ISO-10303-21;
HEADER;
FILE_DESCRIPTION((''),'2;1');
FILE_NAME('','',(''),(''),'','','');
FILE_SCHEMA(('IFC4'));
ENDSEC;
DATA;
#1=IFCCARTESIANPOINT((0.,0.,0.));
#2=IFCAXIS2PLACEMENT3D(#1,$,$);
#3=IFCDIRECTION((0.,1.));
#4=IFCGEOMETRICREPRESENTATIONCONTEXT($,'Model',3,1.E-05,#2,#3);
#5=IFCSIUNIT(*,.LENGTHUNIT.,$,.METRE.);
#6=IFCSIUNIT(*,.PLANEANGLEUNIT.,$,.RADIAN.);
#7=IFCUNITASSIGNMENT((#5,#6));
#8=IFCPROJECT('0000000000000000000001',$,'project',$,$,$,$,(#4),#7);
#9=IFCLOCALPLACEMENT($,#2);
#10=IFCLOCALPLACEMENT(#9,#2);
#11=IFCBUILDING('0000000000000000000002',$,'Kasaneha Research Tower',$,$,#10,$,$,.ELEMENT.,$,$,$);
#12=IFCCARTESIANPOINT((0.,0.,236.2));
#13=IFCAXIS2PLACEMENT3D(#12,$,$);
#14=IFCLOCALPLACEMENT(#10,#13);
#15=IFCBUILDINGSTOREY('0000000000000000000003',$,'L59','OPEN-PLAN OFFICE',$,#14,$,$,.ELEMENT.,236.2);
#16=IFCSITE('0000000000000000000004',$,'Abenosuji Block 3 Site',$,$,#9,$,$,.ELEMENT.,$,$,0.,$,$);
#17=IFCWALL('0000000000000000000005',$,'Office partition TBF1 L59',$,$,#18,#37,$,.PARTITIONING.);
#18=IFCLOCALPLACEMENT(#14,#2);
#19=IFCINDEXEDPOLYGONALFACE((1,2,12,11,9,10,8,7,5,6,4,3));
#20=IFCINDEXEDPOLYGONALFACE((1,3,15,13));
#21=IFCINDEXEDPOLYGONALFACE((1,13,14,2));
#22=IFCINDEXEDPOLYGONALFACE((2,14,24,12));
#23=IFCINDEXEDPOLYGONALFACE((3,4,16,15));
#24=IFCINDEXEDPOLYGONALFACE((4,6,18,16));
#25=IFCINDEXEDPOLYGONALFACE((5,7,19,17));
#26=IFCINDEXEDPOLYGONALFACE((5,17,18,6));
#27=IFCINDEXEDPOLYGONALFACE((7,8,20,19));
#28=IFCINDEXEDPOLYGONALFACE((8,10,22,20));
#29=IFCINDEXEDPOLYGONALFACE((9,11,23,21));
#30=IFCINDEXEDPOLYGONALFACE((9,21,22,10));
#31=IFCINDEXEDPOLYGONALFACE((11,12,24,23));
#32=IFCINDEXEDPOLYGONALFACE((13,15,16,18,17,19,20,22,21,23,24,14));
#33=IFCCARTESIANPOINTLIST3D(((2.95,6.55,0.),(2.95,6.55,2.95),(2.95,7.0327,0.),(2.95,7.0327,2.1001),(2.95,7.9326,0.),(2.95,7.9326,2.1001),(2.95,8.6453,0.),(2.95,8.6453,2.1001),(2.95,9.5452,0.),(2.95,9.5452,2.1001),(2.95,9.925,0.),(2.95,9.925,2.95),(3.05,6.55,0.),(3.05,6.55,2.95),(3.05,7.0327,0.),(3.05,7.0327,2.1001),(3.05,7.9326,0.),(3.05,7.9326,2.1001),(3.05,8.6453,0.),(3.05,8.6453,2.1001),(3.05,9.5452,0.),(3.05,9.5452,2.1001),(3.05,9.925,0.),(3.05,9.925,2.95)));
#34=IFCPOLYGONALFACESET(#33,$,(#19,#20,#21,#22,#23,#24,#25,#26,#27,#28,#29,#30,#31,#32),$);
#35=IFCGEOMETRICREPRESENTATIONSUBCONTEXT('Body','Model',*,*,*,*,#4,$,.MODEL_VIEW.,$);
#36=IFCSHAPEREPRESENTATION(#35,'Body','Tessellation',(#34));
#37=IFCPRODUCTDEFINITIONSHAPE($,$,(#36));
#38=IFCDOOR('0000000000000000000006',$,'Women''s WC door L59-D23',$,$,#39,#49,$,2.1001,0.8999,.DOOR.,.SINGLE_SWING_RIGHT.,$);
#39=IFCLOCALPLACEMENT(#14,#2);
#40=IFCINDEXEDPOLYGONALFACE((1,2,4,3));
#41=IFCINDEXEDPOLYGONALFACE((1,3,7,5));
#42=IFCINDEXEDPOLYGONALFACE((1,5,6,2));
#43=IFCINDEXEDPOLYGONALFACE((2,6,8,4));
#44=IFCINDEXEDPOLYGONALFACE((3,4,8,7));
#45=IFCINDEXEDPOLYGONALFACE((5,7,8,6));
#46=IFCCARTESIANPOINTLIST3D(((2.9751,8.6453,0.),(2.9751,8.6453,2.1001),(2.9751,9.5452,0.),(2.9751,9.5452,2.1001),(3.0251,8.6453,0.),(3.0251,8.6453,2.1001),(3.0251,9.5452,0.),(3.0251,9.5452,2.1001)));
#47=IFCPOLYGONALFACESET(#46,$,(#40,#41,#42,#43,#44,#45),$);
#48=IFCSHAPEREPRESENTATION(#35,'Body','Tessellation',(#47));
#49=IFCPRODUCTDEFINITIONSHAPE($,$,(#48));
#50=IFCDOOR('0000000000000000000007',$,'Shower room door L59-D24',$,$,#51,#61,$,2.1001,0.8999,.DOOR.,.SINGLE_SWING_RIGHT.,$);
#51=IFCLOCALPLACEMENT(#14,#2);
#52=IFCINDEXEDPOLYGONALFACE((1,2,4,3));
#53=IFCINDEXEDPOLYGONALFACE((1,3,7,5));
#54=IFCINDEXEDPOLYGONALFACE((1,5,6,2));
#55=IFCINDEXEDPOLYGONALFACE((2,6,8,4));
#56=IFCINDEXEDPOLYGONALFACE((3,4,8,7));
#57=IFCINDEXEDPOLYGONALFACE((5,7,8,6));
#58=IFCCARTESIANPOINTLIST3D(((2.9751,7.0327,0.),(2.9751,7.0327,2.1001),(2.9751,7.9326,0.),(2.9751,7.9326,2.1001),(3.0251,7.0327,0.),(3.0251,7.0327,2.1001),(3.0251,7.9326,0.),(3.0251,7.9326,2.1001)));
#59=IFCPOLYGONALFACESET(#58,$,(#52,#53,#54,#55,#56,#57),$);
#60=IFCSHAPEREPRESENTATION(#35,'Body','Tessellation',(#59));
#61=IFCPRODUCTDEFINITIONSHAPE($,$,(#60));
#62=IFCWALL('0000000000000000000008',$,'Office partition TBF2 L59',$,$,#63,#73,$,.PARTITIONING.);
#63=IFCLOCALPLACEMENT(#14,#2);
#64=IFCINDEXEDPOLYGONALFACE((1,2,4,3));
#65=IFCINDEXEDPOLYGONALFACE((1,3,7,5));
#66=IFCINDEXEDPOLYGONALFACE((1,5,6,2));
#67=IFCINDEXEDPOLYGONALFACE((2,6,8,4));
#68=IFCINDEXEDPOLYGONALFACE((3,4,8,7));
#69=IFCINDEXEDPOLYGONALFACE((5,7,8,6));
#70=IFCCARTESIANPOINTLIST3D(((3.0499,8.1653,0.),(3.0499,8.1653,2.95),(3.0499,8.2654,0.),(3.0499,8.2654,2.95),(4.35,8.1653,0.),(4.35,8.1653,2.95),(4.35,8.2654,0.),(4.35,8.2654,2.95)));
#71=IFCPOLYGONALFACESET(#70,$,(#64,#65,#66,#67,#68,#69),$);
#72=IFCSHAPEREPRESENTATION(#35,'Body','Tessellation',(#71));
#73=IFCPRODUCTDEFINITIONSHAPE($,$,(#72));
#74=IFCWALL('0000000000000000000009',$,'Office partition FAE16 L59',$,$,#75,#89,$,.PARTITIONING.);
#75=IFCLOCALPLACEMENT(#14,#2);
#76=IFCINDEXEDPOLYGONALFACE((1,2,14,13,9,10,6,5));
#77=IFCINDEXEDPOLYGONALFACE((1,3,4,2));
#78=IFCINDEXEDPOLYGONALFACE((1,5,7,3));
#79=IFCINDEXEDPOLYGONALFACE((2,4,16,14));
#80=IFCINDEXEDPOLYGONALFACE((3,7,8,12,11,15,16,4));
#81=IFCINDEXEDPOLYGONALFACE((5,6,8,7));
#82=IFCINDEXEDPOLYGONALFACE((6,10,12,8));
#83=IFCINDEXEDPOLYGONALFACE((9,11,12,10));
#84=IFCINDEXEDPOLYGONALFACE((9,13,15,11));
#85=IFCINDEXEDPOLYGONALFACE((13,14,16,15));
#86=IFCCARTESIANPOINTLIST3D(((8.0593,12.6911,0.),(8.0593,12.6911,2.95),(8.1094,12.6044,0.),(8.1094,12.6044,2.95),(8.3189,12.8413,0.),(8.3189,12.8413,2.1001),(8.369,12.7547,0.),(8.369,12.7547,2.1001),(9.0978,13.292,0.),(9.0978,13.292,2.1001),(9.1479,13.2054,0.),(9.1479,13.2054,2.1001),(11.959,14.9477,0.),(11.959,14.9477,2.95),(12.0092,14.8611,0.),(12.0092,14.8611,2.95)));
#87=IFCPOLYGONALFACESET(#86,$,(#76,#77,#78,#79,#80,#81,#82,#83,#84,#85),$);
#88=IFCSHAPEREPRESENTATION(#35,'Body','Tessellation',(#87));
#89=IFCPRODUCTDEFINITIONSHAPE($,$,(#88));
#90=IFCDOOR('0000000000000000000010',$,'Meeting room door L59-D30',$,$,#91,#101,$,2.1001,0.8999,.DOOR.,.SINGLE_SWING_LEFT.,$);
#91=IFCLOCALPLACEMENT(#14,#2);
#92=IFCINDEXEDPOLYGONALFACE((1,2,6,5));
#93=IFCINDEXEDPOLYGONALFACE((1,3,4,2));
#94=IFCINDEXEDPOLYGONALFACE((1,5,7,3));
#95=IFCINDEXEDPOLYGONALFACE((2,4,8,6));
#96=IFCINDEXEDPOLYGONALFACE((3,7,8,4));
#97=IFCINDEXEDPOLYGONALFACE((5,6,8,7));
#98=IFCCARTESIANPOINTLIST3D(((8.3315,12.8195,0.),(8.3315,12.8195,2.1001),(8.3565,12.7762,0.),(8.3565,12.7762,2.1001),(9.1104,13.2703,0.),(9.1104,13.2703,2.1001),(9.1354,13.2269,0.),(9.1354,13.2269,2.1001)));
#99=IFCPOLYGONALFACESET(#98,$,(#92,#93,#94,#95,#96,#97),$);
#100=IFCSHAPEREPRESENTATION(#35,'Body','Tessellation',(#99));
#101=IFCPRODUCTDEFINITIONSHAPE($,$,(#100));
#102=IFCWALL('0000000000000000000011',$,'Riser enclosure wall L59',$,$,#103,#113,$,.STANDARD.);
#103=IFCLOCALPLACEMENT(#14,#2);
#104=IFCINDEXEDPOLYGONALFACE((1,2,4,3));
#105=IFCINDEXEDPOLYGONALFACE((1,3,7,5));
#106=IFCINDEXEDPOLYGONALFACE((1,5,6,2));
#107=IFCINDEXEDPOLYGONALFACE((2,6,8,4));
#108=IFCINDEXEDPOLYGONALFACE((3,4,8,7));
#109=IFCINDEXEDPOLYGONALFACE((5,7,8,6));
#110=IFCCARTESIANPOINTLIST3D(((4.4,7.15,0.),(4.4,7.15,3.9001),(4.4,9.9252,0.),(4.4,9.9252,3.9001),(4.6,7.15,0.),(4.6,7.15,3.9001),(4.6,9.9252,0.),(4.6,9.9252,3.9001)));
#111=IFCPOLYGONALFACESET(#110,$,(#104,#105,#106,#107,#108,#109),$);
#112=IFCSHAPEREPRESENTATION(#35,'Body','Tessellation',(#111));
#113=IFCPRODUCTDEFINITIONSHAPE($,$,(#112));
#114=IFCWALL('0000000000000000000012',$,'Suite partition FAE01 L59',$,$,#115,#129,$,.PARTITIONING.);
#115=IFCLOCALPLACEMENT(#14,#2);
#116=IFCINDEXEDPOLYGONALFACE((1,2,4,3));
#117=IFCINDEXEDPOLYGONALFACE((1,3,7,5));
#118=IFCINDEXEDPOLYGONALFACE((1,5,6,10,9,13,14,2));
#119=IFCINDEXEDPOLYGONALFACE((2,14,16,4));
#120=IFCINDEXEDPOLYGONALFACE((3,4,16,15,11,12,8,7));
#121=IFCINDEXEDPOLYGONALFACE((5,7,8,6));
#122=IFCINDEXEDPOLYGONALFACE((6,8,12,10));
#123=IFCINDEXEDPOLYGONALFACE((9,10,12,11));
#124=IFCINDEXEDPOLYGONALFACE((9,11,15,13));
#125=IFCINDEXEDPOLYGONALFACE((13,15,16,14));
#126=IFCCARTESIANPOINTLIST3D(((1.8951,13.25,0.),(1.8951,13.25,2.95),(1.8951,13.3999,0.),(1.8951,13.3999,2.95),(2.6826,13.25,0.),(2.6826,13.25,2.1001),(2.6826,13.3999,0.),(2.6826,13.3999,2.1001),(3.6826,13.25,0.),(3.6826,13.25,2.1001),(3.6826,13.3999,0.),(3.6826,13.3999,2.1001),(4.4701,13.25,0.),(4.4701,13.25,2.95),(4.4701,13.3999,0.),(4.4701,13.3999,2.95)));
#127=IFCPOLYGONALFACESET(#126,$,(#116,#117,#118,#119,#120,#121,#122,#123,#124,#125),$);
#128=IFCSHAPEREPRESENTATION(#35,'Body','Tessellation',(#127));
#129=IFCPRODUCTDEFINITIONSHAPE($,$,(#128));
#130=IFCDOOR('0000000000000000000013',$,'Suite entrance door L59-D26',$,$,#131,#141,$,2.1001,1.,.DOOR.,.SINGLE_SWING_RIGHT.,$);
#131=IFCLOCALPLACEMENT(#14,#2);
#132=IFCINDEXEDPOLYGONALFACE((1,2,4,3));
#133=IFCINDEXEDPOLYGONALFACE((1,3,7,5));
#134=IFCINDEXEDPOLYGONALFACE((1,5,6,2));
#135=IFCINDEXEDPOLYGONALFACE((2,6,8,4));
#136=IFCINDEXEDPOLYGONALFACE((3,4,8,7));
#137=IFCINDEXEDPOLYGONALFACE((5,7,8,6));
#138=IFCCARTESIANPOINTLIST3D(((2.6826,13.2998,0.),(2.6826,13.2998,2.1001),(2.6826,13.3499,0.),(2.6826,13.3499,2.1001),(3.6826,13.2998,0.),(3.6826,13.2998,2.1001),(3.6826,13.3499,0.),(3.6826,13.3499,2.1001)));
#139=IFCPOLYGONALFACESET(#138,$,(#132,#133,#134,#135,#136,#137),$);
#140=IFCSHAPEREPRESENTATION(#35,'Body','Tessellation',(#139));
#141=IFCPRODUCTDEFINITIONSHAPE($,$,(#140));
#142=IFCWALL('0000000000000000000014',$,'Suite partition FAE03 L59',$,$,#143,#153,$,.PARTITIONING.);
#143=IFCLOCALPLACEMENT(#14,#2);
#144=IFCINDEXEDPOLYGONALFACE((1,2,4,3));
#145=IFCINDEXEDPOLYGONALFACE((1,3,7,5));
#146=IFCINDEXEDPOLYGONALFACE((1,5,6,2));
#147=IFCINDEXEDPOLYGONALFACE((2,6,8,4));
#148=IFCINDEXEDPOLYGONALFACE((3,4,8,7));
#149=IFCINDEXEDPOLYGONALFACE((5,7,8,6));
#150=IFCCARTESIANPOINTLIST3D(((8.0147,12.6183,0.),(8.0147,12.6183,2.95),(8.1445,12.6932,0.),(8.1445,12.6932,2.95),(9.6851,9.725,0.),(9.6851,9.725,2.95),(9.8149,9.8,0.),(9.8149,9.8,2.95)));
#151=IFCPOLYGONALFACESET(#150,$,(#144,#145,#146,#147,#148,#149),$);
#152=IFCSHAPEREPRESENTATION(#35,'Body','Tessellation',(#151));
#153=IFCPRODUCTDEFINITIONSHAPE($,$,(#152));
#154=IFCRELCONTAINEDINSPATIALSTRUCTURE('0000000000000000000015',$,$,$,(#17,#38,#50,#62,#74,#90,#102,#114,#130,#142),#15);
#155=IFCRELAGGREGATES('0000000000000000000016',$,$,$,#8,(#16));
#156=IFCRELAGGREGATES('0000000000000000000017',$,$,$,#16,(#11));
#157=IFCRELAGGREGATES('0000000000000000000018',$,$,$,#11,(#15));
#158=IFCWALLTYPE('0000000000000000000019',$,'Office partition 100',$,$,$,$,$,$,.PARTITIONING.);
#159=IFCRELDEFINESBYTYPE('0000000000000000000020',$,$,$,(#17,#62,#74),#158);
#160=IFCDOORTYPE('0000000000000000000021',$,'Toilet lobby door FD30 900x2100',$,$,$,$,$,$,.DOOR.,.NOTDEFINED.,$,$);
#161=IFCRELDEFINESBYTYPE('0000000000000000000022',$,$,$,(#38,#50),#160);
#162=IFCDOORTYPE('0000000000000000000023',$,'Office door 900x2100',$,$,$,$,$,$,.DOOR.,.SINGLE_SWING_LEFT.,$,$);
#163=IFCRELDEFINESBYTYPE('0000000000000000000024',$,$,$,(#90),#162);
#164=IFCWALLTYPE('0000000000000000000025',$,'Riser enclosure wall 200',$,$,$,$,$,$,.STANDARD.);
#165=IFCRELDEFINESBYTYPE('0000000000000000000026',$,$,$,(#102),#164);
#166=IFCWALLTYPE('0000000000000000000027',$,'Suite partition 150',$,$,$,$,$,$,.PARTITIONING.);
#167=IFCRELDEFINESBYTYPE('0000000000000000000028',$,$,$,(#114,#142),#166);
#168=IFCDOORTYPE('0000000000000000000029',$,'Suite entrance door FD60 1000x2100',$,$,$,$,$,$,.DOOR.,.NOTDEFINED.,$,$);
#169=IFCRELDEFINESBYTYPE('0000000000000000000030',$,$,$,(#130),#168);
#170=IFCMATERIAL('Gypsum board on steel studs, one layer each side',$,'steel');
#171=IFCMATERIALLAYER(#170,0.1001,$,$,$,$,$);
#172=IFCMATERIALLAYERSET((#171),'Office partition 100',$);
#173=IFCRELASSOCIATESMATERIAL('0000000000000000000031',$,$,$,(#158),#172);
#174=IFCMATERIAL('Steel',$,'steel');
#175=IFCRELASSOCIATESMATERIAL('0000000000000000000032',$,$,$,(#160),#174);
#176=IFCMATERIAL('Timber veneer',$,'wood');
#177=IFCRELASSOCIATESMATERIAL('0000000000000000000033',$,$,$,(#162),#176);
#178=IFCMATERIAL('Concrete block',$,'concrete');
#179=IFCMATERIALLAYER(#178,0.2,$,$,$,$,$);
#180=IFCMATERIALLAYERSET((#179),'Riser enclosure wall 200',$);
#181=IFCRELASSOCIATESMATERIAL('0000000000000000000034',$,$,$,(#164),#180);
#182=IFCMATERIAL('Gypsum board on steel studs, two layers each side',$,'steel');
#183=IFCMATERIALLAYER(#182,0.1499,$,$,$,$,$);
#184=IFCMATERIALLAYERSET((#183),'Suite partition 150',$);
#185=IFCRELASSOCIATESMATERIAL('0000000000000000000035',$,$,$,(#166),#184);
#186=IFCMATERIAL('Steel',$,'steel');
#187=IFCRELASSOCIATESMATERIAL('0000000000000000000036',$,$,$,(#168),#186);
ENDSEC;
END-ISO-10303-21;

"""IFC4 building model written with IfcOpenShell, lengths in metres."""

from ifc_helpers import new_model, si_unit, direction, frame, frame_2d, origin, place, context, subcontext, project, spatial, rectangle, extrude, material, layer, layer_set, type_object, element, fill, save


model = new_model("IFC4")

# Units and contexts
model_context = context("Model", 3, precision=1e-05, world=origin(), true_north=direction((0.0, 1.0)))
body_context = subcontext(model_context, "Body", "Model", "MODEL_VIEW")
ifc_project = project(units=[si_unit("LENGTHUNIT", "METRE"), si_unit("PLANEANGLEUNIT", "RADIAN")], contexts=[model_context])

# Site, building, storey
site_placement = place(None, origin())
site = spatial("IfcSite", under=ifc_project, at=site_placement, Name="Abenosuji Block 3 Site", CompositionType="ELEMENT", RefElevation=0.0)
building_placement = place(site_placement, origin())
building = spatial("IfcBuilding", under=site, at=building_placement, Name="Kasaneha Research Tower", CompositionType="ELEMENT")
storey_placement = place(building_placement, frame((0.0, 0.0, 236.2)))
storey = spatial("IfcBuildingStorey", under=building, at=storey_placement, Name="L59", Description="OPEN-PLAN OFFICE", CompositionType="ELEMENT", Elevation=236.2)

# Wall, openings, doors
ifc_material_1 = material(Name="Gypsum board on steel studs, one layer each side", Category="steel")
ifc_layer_1 = layer(ifc_material_1, 0.1001)
ifc_layer_set_1 = layer_set([ifc_layer_1], Name="Office partition 100")
wall_type_1 = type_object("IfcWallType", Name="Office partition 100", PredefinedType="PARTITIONING", material=ifc_layer_set_1)
wall_1_placement = place(storey_placement, frame((3.0, 6.55, 0.0), z_axis=(0.0, 0.0, 1.0), x_axis=(0.0, 1.0, 0.0)))
wall_1 = element("IfcWall", 1, at=wall_1_placement, inside=storey, type_object=wall_type_1, Name="Office partition TBF1 L59", PredefinedType="PARTITIONING", context=body_context, shape_type="SweptSolid", body=[
    extrude(rectangle(XDim=3.375, YDim=0.1001, at=frame_2d((1.6875, 0.0))), origin(), (0.0, 0.0, 1.0), 2.95),
])
opening_1_placement = place(wall_1_placement, frame((2.0952, 0.0, 0.0)))
opening_1 = element("IfcOpeningElement", 2, at=opening_1_placement, cuts=wall_1, PredefinedType="OPENING", context=body_context, shape_type="SweptSolid", body=[
    extrude(rectangle(XDim=0.8999, YDim=2.1001, at=frame_2d((0.45, 1.05))), frame((0.0, 0.0601, 0.0), z_axis=(0.0, -1.0, 0.0), x_axis=(1.0, 0.0, 0.0)), (0.0, 0.0, 1.0), 0.1201),
])
opening_2_placement = place(wall_1_placement, frame((0.4827, 0.0, 0.0)))
opening_2 = element("IfcOpeningElement", 3, at=opening_2_placement, cuts=wall_1, PredefinedType="OPENING", context=body_context, shape_type="SweptSolid", body=[
    extrude(rectangle(XDim=0.8999, YDim=2.1001, at=frame_2d((0.45, 1.05))), frame((0.0, 0.0601, 0.0), z_axis=(0.0, -1.0, 0.0), x_axis=(1.0, 0.0, 0.0)), (0.0, 0.0, 1.0), 0.1201),
])
ifc_material_2 = material(Name="Steel", Category="steel")
door_type_1 = type_object("IfcDoorType", Name="Toilet lobby door FD30 900x2100", OperationType="NOTDEFINED", PredefinedType="DOOR", material=ifc_material_2)
door_1_placement = place(opening_1_placement, origin())
door_1 = element("IfcDoor", 4, at=door_1_placement, inside=storey, type_object=door_type_1, Name="Women's WC door L59-D23", OperationType="SINGLE_SWING_RIGHT", OverallHeight=2.1001, OverallWidth=0.8999, PredefinedType="DOOR", context=body_context, shape_type="SweptSolid", body=[
    extrude(rectangle(XDim=0.8999, YDim=2.1001, at=frame_2d((0.45, 1.05))), frame((0.0, 0.0249, 0.0), z_axis=(0.0, -1.0, 0.0), x_axis=(1.0, 0.0, 0.0)), (0.0, 0.0, 1.0), 0.05),
])
fill(opening_1, door_1)
door_2_placement = place(opening_2_placement, origin())
door_2 = element("IfcDoor", 5, at=door_2_placement, inside=storey, type_object=door_type_1, Name="Shower room door L59-D24", OperationType="SINGLE_SWING_RIGHT", OverallHeight=2.1001, OverallWidth=0.8999, PredefinedType="DOOR", context=body_context, shape_type="SweptSolid", body=[
    extrude(rectangle(XDim=0.8999, YDim=2.1001, at=frame_2d((0.45, 1.05))), frame((0.0, 0.0249, 0.0), z_axis=(0.0, -1.0, 0.0), x_axis=(1.0, 0.0, 0.0)), (0.0, 0.0, 1.0), 0.05),
])
fill(opening_2, door_2)

# Wall
wall_2_placement = place(storey_placement, frame((3.05, 8.2153, 0.0), z_axis=(0.0, 0.0, 1.0), x_axis=(1.0, 0.0, 0.0)))
element("IfcWall", 6, at=wall_2_placement, inside=storey, type_object=wall_type_1, Name="Office partition TBF2 L59", PredefinedType="PARTITIONING", context=body_context, shape_type="SweptSolid", body=[
    extrude(rectangle(XDim=1.3, YDim=0.1001, at=frame_2d((0.6499, 0.0))), origin(), (0.0, 0.0, 1.0), 2.95),
])

# Wall, opening, door
wall_3_placement = place(storey_placement, frame((8.0842, 12.6477, 0.0), z_axis=(0.0, 0.0, 1.0), x_axis=(0.865533, 0.500853, 0.0)))
wall_3 = element("IfcWall", 7, at=wall_3_placement, inside=storey, type_object=wall_type_1, Name="Office partition FAE16 L59", PredefinedType="PARTITIONING", context=body_context, shape_type="SweptSolid", body=[
    extrude(rectangle(XDim=4.5056, YDim=0.1001, at=frame_2d((2.2529, 0.0))), origin(), (0.0, 0.0, 1.0), 2.95),
])
opening_3_placement = place(wall_3_placement, frame((0.3, 0.0, 0.0)))
opening_3 = element("IfcOpeningElement", 8, at=opening_3_placement, cuts=wall_3, PredefinedType="OPENING", context=body_context, shape_type="SweptSolid", body=[
    extrude(rectangle(XDim=0.8999, YDim=2.1001, at=frame_2d((0.45, 1.05))), frame((0.0, 0.0601, 0.0), z_axis=(0.0, -1.0, 0.0), x_axis=(1.0, 0.0, 0.0)), (0.0, 0.0, 1.0), 0.1201),
])
ifc_material_3 = material(Name="Timber veneer", Category="wood")
door_type_2 = type_object("IfcDoorType", Name="Office door 900x2100", OperationType="SINGLE_SWING_LEFT", PredefinedType="DOOR", material=ifc_material_3)
door_3_placement = place(opening_3_placement, origin())
door_3 = element("IfcDoor", 9, at=door_3_placement, inside=storey, type_object=door_type_2, Name="Meeting room door L59-D30", OperationType="SINGLE_SWING_LEFT", OverallHeight=2.1001, OverallWidth=0.8999, PredefinedType="DOOR", context=body_context, shape_type="SweptSolid", body=[
    extrude(rectangle(XDim=0.8999, YDim=2.1001, at=frame_2d((0.45, 1.05))), frame((0.0, 0.0249, 0.0), z_axis=(0.0, -1.0, 0.0), x_axis=(1.0, 0.0, 0.0)), (0.0, 0.0, 1.0), 0.05),
])
fill(opening_3, door_3)

# Wall
ifc_material_4 = material(Name="Concrete block", Category="concrete")
ifc_layer_2 = layer(ifc_material_4, 0.2)
ifc_layer_set_2 = layer_set([ifc_layer_2], Name="Riser enclosure wall 200")
wall_type_2 = type_object("IfcWallType", Name="Riser enclosure wall 200", PredefinedType="STANDARD", material=ifc_layer_set_2)
wall_4_placement = place(storey_placement, frame((4.5, 7.1499, 0.0), z_axis=(0.0, 0.0, 1.0), x_axis=(0.0, 1.0, 0.0)))
element("IfcWall", 10, at=wall_4_placement, inside=storey, type_object=wall_type_2, Name="Riser enclosure wall L59", PredefinedType="STANDARD", context=body_context, shape_type="SweptSolid", body=[
    extrude(rectangle(XDim=2.7751, YDim=0.2, at=frame_2d((1.3877, 0.0))), origin(), (0.0, 0.0, 1.0), 3.9001),
])

# Wall, opening, door
ifc_material_5 = material(Name="Gypsum board on steel studs, two layers each side", Category="steel")
ifc_layer_3 = layer(ifc_material_5, 0.1499)
ifc_layer_set_3 = layer_set([ifc_layer_3], Name="Suite partition 150")
wall_type_3 = type_object("IfcWallType", Name="Suite partition 150", PredefinedType="PARTITIONING", material=ifc_layer_set_3)
wall_5_placement = place(storey_placement, frame((1.895, 13.325, 0.0), z_axis=(0.0, 0.0, 1.0), x_axis=(1.0, 0.0, 0.0)))
wall_5 = element("IfcWall", 11, at=wall_5_placement, inside=storey, type_object=wall_type_3, Name="Suite partition FAE01 L59", PredefinedType="PARTITIONING", context=body_context, shape_type="SweptSolid", body=[
    extrude(rectangle(XDim=2.575, YDim=0.1499, at=frame_2d((1.2876, 0.0))), origin(), (0.0, 0.0, 1.0), 2.95),
])
opening_4_placement = place(wall_5_placement, frame((0.7876, 0.0, 0.0)))
opening_4 = element("IfcOpeningElement", 12, at=opening_4_placement, cuts=wall_5, PredefinedType="OPENING", context=body_context, shape_type="SweptSolid", body=[
    extrude(rectangle(XDim=1.0, YDim=2.1001, at=frame_2d((0.5, 1.05))), frame((0.0, 0.085, 0.0), z_axis=(0.0, -1.0, 0.0), x_axis=(1.0, 0.0, 0.0)), (0.0, 0.0, 1.0), 0.1699),
])
ifc_material_6 = material(Name="Steel", Category="steel")
door_type_3 = type_object("IfcDoorType", Name="Suite entrance door FD60 1000x2100", OperationType="NOTDEFINED", PredefinedType="DOOR", material=ifc_material_6)
door_4_placement = place(opening_4_placement, origin())
door_4 = element("IfcDoor", 13, at=door_4_placement, inside=storey, type_object=door_type_3, Name="Suite entrance door L59-D26", OperationType="SINGLE_SWING_RIGHT", OverallHeight=2.1001, OverallWidth=1.0, PredefinedType="DOOR", context=body_context, shape_type="SweptSolid", body=[
    extrude(rectangle(XDim=1.0, YDim=2.1001, at=frame_2d((0.5, 1.05))), frame((0.0, 0.0249, 0.0), z_axis=(0.0, -1.0, 0.0), x_axis=(1.0, 0.0, 0.0)), (0.0, 0.0, 1.0), 0.05),
])
fill(opening_4, door_4)

# Wall
wall_6_placement = place(storey_placement, frame((8.0796, 12.6558, 0.0), z_axis=(0.0, 0.0, 1.0), x_axis=(0.49999, -0.866031, 0.0)))
element("IfcWall", 14, at=wall_6_placement, inside=storey, type_object=wall_type_3, Name="Suite partition FAE03 L59", PredefinedType="PARTITIONING", context=body_context, shape_type="SweptSolid", body=[
    extrude(rectangle(XDim=3.3408, YDim=0.1499, at=frame_2d((1.6704, 0.0))), origin(), (0.0, 0.0, 1.0), 2.95),
])

save(model, "model.ifc")
